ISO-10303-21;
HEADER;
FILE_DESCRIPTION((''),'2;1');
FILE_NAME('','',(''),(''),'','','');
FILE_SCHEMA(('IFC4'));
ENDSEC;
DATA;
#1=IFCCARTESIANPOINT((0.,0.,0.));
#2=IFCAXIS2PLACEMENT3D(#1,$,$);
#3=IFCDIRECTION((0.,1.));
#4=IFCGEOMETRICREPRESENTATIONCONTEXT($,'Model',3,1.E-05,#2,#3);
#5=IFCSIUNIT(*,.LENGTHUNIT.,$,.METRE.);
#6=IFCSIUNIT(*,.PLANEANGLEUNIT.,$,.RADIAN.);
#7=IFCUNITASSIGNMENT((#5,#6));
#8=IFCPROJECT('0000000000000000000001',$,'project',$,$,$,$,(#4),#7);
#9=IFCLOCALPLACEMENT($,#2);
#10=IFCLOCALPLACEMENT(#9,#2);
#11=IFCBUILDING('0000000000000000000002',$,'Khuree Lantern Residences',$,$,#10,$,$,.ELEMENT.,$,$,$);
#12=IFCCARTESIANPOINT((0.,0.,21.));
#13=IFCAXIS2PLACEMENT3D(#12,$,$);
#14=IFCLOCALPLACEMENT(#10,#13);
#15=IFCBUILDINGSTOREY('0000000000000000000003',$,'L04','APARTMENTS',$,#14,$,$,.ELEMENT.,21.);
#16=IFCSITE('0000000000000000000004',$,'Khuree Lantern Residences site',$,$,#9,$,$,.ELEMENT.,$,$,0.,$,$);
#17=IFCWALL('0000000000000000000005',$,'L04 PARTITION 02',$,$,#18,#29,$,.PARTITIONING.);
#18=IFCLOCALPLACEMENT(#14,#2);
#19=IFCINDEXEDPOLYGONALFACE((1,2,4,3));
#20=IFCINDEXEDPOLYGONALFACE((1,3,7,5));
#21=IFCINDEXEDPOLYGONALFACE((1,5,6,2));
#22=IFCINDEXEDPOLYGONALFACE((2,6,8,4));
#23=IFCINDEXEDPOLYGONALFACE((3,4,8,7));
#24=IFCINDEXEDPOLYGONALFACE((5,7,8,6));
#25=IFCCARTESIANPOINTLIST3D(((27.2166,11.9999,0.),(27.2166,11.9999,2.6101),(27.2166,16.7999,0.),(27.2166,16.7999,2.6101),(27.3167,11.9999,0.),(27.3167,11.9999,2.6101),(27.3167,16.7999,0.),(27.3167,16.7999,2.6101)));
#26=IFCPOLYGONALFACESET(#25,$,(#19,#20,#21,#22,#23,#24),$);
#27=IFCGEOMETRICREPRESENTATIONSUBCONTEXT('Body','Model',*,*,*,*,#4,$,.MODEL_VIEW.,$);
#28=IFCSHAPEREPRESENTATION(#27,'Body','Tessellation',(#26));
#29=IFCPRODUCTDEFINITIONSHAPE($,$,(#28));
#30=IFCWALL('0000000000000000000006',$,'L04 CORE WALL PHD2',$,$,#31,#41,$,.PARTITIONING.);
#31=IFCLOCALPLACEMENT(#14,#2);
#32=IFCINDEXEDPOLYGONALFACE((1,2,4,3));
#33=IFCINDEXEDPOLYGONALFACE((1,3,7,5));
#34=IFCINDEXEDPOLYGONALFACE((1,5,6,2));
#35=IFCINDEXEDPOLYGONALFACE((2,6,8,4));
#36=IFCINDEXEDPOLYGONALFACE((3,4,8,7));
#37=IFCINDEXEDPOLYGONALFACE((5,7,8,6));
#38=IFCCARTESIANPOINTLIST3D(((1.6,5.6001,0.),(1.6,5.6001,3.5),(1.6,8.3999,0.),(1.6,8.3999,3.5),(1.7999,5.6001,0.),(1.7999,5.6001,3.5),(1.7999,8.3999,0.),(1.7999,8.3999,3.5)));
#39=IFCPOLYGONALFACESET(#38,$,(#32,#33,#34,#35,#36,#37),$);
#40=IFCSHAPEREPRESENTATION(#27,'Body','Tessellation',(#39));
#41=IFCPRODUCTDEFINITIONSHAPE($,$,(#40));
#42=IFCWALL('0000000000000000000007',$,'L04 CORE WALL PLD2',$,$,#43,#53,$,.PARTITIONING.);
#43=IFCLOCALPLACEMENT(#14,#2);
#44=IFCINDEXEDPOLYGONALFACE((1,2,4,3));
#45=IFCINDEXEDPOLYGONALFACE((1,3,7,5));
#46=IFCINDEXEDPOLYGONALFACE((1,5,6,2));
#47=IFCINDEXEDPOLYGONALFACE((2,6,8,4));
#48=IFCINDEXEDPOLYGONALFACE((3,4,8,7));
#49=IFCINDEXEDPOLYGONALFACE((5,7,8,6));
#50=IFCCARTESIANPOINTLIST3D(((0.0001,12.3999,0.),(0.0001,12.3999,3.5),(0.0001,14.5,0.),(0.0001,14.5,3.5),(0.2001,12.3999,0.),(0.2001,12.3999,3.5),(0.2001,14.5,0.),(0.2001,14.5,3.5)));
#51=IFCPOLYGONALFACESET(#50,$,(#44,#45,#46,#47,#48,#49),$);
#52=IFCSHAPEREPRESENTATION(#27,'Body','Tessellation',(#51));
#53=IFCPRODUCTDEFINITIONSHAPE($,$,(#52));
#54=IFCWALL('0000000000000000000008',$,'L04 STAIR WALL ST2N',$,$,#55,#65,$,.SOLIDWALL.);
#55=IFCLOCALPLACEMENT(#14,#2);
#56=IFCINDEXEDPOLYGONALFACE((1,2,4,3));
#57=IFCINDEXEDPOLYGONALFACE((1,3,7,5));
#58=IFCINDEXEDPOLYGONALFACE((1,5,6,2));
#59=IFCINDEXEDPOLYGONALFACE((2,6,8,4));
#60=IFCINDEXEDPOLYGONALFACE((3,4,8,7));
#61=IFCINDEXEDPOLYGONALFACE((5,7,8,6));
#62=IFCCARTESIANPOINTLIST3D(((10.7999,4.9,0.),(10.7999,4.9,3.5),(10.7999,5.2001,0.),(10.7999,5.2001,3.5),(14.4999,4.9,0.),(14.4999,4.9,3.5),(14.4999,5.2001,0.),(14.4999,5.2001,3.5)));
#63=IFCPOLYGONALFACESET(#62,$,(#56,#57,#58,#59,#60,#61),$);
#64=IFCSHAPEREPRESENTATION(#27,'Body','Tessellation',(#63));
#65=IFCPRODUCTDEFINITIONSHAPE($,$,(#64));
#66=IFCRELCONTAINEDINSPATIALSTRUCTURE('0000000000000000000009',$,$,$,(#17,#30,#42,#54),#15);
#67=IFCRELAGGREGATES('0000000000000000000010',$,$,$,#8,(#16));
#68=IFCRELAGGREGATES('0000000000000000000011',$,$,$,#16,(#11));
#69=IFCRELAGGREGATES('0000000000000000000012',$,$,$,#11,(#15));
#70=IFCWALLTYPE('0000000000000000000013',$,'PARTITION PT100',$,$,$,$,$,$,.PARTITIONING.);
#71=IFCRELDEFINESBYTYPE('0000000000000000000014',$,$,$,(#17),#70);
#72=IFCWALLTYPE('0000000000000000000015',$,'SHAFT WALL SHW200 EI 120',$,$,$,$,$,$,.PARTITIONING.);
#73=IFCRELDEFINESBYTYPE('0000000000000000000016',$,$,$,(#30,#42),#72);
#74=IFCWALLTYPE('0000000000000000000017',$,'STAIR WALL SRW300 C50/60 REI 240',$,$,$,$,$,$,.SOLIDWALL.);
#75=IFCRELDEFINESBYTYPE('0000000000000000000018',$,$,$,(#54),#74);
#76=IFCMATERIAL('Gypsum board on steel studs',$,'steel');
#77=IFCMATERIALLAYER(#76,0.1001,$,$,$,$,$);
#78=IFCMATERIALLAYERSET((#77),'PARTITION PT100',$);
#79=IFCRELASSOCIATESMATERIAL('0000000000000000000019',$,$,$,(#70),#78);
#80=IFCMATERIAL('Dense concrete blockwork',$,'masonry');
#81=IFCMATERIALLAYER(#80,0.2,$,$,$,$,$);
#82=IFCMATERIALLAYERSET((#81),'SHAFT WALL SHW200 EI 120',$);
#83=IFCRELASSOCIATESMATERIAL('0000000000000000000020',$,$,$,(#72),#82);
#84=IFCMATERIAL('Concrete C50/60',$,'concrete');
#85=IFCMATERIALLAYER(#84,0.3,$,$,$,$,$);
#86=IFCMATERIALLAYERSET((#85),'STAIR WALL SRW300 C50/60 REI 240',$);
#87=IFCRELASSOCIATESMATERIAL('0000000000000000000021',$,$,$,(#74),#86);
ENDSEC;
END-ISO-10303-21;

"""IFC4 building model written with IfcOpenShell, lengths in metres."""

from ifc_helpers import new_model, si_unit, direction, frame, frame_2d, origin, place, context, subcontext, project, spatial, rectangle, extrude, material, layer, layer_set, type_object, element, save


model = new_model("IFC4")

# Units and contexts
model_context = context("Model", 3, precision=1e-05, world=origin(), true_north=direction((0.0, 1.0)))
body_context = subcontext(model_context, "Body", "Model", "MODEL_VIEW")
ifc_project = project(units=[si_unit("LENGTHUNIT", "METRE"), si_unit("PLANEANGLEUNIT", "RADIAN")], contexts=[model_context])

# Site, building, storey
site_placement = place(None, origin())
site = spatial("IfcSite", under=ifc_project, at=site_placement, Name="Khuree Lantern Residences site", CompositionType="ELEMENT", RefElevation=0.0)
building_placement = place(site_placement, origin())
building = spatial("IfcBuilding", under=site, at=building_placement, Name="Khuree Lantern Residences", CompositionType="ELEMENT")
storey_placement = place(building_placement, frame((0.0, 0.0, 21.0)))
storey = spatial("IfcBuildingStorey", under=building, at=storey_placement, Name="L04", Description="APARTMENTS", CompositionType="ELEMENT", Elevation=21.0)

# Shared definitions
ifc_material_1 = material(Name="Dense concrete blockwork", Category="masonry")
ifc_material_2 = material(Name="Gypsum board on steel studs", Category="steel")

# Shared definitions
ifc_layer_1 = layer(ifc_material_2, 0.1001)
ifc_layer_set_1 = layer_set([ifc_layer_1], Name="PARTITION PT100")
wall_type_1 = type_object("IfcWallType", Name="PARTITION PT100", PredefinedType="PARTITIONING", material=ifc_layer_set_1)

# Walls
wall_1_placement = place(storey_placement, frame((27.2666, 12.0, 0.0), z_axis=(0.0, 0.0, 1.0), x_axis=(0.0, 1.0, 0.0)))
element("IfcWall", 1, at=wall_1_placement, inside=storey, type_object=wall_type_1, Name="L04 PARTITION 02", PredefinedType="PARTITIONING", context=body_context, shape_type="SweptSolid", body=[
    extrude(rectangle(XDim=4.8, YDim=0.1001, at=frame_2d((2.3999, 0.0))), origin(), (0.0, 0.0, 1.0), 2.6101),
])
ifc_layer_2 = layer(ifc_material_1, 0.2)
ifc_layer_set_2 = layer_set([ifc_layer_2], Name="SHAFT WALL SHW200 EI 120")
wall_type_2 = type_object("IfcWallType", Name="SHAFT WALL SHW200 EI 120", PredefinedType="PARTITIONING", material=ifc_layer_set_2)
wall_2_placement = place(storey_placement, frame((1.7, 5.6001, 0.0), z_axis=(0.0, 0.0, 1.0), x_axis=(0.0, 1.0, 0.0)))
element("IfcWall", 2, at=wall_2_placement, inside=storey, type_object=wall_type_2, Name="L04 CORE WALL PHD2", PredefinedType="PARTITIONING", context=body_context, shape_type="SweptSolid", body=[
    extrude(rectangle(XDim=2.7998, YDim=0.2, at=frame_2d((1.3999, 0.0))), origin(), (0.0, 0.0, 1.0), 3.5),
])
wall_3_placement = place(storey_placement, frame((0.1001, 12.3999, 0.0), z_axis=(0.0, 0.0, 1.0), x_axis=(0.0, 1.0, 0.0)))
element("IfcWall", 3, at=wall_3_placement, inside=storey, type_object=wall_type_2, Name="L04 CORE WALL PLD2", PredefinedType="PARTITIONING", context=body_context, shape_type="SweptSolid", body=[
    extrude(rectangle(XDim=2.1001, YDim=0.2, at=frame_2d((1.05, 0.0))), origin(), (0.0, 0.0, 1.0), 3.5),
])
ifc_material_3 = material(Name="Concrete C50/60", Category="concrete")
ifc_layer_3 = layer(ifc_material_3, 0.3)
ifc_layer_set_3 = layer_set([ifc_layer_3], Name="STAIR WALL SRW300 C50/60 REI 240")
wall_type_3 = type_object("IfcWallType", Name="STAIR WALL SRW300 C50/60 REI 240", PredefinedType="SOLIDWALL", material=ifc_layer_set_3)
wall_4_placement = place(storey_placement, frame((14.5, 5.05, 0.0), z_axis=(0.0, 0.0, 1.0), x_axis=(-1.0, 0.0, 0.0)))
element("IfcWall", 4, at=wall_4_placement, inside=storey, type_object=wall_type_3, Name="L04 STAIR WALL ST2N", PredefinedType="SOLIDWALL", context=body_context, shape_type="SweptSolid", body=[
    extrude(rectangle(XDim=3.7, YDim=0.3, at=frame_2d((1.8501, 0.0))), origin(), (0.0, 0.0, 1.0), 3.5),
])

save(model, "model.ifc")
